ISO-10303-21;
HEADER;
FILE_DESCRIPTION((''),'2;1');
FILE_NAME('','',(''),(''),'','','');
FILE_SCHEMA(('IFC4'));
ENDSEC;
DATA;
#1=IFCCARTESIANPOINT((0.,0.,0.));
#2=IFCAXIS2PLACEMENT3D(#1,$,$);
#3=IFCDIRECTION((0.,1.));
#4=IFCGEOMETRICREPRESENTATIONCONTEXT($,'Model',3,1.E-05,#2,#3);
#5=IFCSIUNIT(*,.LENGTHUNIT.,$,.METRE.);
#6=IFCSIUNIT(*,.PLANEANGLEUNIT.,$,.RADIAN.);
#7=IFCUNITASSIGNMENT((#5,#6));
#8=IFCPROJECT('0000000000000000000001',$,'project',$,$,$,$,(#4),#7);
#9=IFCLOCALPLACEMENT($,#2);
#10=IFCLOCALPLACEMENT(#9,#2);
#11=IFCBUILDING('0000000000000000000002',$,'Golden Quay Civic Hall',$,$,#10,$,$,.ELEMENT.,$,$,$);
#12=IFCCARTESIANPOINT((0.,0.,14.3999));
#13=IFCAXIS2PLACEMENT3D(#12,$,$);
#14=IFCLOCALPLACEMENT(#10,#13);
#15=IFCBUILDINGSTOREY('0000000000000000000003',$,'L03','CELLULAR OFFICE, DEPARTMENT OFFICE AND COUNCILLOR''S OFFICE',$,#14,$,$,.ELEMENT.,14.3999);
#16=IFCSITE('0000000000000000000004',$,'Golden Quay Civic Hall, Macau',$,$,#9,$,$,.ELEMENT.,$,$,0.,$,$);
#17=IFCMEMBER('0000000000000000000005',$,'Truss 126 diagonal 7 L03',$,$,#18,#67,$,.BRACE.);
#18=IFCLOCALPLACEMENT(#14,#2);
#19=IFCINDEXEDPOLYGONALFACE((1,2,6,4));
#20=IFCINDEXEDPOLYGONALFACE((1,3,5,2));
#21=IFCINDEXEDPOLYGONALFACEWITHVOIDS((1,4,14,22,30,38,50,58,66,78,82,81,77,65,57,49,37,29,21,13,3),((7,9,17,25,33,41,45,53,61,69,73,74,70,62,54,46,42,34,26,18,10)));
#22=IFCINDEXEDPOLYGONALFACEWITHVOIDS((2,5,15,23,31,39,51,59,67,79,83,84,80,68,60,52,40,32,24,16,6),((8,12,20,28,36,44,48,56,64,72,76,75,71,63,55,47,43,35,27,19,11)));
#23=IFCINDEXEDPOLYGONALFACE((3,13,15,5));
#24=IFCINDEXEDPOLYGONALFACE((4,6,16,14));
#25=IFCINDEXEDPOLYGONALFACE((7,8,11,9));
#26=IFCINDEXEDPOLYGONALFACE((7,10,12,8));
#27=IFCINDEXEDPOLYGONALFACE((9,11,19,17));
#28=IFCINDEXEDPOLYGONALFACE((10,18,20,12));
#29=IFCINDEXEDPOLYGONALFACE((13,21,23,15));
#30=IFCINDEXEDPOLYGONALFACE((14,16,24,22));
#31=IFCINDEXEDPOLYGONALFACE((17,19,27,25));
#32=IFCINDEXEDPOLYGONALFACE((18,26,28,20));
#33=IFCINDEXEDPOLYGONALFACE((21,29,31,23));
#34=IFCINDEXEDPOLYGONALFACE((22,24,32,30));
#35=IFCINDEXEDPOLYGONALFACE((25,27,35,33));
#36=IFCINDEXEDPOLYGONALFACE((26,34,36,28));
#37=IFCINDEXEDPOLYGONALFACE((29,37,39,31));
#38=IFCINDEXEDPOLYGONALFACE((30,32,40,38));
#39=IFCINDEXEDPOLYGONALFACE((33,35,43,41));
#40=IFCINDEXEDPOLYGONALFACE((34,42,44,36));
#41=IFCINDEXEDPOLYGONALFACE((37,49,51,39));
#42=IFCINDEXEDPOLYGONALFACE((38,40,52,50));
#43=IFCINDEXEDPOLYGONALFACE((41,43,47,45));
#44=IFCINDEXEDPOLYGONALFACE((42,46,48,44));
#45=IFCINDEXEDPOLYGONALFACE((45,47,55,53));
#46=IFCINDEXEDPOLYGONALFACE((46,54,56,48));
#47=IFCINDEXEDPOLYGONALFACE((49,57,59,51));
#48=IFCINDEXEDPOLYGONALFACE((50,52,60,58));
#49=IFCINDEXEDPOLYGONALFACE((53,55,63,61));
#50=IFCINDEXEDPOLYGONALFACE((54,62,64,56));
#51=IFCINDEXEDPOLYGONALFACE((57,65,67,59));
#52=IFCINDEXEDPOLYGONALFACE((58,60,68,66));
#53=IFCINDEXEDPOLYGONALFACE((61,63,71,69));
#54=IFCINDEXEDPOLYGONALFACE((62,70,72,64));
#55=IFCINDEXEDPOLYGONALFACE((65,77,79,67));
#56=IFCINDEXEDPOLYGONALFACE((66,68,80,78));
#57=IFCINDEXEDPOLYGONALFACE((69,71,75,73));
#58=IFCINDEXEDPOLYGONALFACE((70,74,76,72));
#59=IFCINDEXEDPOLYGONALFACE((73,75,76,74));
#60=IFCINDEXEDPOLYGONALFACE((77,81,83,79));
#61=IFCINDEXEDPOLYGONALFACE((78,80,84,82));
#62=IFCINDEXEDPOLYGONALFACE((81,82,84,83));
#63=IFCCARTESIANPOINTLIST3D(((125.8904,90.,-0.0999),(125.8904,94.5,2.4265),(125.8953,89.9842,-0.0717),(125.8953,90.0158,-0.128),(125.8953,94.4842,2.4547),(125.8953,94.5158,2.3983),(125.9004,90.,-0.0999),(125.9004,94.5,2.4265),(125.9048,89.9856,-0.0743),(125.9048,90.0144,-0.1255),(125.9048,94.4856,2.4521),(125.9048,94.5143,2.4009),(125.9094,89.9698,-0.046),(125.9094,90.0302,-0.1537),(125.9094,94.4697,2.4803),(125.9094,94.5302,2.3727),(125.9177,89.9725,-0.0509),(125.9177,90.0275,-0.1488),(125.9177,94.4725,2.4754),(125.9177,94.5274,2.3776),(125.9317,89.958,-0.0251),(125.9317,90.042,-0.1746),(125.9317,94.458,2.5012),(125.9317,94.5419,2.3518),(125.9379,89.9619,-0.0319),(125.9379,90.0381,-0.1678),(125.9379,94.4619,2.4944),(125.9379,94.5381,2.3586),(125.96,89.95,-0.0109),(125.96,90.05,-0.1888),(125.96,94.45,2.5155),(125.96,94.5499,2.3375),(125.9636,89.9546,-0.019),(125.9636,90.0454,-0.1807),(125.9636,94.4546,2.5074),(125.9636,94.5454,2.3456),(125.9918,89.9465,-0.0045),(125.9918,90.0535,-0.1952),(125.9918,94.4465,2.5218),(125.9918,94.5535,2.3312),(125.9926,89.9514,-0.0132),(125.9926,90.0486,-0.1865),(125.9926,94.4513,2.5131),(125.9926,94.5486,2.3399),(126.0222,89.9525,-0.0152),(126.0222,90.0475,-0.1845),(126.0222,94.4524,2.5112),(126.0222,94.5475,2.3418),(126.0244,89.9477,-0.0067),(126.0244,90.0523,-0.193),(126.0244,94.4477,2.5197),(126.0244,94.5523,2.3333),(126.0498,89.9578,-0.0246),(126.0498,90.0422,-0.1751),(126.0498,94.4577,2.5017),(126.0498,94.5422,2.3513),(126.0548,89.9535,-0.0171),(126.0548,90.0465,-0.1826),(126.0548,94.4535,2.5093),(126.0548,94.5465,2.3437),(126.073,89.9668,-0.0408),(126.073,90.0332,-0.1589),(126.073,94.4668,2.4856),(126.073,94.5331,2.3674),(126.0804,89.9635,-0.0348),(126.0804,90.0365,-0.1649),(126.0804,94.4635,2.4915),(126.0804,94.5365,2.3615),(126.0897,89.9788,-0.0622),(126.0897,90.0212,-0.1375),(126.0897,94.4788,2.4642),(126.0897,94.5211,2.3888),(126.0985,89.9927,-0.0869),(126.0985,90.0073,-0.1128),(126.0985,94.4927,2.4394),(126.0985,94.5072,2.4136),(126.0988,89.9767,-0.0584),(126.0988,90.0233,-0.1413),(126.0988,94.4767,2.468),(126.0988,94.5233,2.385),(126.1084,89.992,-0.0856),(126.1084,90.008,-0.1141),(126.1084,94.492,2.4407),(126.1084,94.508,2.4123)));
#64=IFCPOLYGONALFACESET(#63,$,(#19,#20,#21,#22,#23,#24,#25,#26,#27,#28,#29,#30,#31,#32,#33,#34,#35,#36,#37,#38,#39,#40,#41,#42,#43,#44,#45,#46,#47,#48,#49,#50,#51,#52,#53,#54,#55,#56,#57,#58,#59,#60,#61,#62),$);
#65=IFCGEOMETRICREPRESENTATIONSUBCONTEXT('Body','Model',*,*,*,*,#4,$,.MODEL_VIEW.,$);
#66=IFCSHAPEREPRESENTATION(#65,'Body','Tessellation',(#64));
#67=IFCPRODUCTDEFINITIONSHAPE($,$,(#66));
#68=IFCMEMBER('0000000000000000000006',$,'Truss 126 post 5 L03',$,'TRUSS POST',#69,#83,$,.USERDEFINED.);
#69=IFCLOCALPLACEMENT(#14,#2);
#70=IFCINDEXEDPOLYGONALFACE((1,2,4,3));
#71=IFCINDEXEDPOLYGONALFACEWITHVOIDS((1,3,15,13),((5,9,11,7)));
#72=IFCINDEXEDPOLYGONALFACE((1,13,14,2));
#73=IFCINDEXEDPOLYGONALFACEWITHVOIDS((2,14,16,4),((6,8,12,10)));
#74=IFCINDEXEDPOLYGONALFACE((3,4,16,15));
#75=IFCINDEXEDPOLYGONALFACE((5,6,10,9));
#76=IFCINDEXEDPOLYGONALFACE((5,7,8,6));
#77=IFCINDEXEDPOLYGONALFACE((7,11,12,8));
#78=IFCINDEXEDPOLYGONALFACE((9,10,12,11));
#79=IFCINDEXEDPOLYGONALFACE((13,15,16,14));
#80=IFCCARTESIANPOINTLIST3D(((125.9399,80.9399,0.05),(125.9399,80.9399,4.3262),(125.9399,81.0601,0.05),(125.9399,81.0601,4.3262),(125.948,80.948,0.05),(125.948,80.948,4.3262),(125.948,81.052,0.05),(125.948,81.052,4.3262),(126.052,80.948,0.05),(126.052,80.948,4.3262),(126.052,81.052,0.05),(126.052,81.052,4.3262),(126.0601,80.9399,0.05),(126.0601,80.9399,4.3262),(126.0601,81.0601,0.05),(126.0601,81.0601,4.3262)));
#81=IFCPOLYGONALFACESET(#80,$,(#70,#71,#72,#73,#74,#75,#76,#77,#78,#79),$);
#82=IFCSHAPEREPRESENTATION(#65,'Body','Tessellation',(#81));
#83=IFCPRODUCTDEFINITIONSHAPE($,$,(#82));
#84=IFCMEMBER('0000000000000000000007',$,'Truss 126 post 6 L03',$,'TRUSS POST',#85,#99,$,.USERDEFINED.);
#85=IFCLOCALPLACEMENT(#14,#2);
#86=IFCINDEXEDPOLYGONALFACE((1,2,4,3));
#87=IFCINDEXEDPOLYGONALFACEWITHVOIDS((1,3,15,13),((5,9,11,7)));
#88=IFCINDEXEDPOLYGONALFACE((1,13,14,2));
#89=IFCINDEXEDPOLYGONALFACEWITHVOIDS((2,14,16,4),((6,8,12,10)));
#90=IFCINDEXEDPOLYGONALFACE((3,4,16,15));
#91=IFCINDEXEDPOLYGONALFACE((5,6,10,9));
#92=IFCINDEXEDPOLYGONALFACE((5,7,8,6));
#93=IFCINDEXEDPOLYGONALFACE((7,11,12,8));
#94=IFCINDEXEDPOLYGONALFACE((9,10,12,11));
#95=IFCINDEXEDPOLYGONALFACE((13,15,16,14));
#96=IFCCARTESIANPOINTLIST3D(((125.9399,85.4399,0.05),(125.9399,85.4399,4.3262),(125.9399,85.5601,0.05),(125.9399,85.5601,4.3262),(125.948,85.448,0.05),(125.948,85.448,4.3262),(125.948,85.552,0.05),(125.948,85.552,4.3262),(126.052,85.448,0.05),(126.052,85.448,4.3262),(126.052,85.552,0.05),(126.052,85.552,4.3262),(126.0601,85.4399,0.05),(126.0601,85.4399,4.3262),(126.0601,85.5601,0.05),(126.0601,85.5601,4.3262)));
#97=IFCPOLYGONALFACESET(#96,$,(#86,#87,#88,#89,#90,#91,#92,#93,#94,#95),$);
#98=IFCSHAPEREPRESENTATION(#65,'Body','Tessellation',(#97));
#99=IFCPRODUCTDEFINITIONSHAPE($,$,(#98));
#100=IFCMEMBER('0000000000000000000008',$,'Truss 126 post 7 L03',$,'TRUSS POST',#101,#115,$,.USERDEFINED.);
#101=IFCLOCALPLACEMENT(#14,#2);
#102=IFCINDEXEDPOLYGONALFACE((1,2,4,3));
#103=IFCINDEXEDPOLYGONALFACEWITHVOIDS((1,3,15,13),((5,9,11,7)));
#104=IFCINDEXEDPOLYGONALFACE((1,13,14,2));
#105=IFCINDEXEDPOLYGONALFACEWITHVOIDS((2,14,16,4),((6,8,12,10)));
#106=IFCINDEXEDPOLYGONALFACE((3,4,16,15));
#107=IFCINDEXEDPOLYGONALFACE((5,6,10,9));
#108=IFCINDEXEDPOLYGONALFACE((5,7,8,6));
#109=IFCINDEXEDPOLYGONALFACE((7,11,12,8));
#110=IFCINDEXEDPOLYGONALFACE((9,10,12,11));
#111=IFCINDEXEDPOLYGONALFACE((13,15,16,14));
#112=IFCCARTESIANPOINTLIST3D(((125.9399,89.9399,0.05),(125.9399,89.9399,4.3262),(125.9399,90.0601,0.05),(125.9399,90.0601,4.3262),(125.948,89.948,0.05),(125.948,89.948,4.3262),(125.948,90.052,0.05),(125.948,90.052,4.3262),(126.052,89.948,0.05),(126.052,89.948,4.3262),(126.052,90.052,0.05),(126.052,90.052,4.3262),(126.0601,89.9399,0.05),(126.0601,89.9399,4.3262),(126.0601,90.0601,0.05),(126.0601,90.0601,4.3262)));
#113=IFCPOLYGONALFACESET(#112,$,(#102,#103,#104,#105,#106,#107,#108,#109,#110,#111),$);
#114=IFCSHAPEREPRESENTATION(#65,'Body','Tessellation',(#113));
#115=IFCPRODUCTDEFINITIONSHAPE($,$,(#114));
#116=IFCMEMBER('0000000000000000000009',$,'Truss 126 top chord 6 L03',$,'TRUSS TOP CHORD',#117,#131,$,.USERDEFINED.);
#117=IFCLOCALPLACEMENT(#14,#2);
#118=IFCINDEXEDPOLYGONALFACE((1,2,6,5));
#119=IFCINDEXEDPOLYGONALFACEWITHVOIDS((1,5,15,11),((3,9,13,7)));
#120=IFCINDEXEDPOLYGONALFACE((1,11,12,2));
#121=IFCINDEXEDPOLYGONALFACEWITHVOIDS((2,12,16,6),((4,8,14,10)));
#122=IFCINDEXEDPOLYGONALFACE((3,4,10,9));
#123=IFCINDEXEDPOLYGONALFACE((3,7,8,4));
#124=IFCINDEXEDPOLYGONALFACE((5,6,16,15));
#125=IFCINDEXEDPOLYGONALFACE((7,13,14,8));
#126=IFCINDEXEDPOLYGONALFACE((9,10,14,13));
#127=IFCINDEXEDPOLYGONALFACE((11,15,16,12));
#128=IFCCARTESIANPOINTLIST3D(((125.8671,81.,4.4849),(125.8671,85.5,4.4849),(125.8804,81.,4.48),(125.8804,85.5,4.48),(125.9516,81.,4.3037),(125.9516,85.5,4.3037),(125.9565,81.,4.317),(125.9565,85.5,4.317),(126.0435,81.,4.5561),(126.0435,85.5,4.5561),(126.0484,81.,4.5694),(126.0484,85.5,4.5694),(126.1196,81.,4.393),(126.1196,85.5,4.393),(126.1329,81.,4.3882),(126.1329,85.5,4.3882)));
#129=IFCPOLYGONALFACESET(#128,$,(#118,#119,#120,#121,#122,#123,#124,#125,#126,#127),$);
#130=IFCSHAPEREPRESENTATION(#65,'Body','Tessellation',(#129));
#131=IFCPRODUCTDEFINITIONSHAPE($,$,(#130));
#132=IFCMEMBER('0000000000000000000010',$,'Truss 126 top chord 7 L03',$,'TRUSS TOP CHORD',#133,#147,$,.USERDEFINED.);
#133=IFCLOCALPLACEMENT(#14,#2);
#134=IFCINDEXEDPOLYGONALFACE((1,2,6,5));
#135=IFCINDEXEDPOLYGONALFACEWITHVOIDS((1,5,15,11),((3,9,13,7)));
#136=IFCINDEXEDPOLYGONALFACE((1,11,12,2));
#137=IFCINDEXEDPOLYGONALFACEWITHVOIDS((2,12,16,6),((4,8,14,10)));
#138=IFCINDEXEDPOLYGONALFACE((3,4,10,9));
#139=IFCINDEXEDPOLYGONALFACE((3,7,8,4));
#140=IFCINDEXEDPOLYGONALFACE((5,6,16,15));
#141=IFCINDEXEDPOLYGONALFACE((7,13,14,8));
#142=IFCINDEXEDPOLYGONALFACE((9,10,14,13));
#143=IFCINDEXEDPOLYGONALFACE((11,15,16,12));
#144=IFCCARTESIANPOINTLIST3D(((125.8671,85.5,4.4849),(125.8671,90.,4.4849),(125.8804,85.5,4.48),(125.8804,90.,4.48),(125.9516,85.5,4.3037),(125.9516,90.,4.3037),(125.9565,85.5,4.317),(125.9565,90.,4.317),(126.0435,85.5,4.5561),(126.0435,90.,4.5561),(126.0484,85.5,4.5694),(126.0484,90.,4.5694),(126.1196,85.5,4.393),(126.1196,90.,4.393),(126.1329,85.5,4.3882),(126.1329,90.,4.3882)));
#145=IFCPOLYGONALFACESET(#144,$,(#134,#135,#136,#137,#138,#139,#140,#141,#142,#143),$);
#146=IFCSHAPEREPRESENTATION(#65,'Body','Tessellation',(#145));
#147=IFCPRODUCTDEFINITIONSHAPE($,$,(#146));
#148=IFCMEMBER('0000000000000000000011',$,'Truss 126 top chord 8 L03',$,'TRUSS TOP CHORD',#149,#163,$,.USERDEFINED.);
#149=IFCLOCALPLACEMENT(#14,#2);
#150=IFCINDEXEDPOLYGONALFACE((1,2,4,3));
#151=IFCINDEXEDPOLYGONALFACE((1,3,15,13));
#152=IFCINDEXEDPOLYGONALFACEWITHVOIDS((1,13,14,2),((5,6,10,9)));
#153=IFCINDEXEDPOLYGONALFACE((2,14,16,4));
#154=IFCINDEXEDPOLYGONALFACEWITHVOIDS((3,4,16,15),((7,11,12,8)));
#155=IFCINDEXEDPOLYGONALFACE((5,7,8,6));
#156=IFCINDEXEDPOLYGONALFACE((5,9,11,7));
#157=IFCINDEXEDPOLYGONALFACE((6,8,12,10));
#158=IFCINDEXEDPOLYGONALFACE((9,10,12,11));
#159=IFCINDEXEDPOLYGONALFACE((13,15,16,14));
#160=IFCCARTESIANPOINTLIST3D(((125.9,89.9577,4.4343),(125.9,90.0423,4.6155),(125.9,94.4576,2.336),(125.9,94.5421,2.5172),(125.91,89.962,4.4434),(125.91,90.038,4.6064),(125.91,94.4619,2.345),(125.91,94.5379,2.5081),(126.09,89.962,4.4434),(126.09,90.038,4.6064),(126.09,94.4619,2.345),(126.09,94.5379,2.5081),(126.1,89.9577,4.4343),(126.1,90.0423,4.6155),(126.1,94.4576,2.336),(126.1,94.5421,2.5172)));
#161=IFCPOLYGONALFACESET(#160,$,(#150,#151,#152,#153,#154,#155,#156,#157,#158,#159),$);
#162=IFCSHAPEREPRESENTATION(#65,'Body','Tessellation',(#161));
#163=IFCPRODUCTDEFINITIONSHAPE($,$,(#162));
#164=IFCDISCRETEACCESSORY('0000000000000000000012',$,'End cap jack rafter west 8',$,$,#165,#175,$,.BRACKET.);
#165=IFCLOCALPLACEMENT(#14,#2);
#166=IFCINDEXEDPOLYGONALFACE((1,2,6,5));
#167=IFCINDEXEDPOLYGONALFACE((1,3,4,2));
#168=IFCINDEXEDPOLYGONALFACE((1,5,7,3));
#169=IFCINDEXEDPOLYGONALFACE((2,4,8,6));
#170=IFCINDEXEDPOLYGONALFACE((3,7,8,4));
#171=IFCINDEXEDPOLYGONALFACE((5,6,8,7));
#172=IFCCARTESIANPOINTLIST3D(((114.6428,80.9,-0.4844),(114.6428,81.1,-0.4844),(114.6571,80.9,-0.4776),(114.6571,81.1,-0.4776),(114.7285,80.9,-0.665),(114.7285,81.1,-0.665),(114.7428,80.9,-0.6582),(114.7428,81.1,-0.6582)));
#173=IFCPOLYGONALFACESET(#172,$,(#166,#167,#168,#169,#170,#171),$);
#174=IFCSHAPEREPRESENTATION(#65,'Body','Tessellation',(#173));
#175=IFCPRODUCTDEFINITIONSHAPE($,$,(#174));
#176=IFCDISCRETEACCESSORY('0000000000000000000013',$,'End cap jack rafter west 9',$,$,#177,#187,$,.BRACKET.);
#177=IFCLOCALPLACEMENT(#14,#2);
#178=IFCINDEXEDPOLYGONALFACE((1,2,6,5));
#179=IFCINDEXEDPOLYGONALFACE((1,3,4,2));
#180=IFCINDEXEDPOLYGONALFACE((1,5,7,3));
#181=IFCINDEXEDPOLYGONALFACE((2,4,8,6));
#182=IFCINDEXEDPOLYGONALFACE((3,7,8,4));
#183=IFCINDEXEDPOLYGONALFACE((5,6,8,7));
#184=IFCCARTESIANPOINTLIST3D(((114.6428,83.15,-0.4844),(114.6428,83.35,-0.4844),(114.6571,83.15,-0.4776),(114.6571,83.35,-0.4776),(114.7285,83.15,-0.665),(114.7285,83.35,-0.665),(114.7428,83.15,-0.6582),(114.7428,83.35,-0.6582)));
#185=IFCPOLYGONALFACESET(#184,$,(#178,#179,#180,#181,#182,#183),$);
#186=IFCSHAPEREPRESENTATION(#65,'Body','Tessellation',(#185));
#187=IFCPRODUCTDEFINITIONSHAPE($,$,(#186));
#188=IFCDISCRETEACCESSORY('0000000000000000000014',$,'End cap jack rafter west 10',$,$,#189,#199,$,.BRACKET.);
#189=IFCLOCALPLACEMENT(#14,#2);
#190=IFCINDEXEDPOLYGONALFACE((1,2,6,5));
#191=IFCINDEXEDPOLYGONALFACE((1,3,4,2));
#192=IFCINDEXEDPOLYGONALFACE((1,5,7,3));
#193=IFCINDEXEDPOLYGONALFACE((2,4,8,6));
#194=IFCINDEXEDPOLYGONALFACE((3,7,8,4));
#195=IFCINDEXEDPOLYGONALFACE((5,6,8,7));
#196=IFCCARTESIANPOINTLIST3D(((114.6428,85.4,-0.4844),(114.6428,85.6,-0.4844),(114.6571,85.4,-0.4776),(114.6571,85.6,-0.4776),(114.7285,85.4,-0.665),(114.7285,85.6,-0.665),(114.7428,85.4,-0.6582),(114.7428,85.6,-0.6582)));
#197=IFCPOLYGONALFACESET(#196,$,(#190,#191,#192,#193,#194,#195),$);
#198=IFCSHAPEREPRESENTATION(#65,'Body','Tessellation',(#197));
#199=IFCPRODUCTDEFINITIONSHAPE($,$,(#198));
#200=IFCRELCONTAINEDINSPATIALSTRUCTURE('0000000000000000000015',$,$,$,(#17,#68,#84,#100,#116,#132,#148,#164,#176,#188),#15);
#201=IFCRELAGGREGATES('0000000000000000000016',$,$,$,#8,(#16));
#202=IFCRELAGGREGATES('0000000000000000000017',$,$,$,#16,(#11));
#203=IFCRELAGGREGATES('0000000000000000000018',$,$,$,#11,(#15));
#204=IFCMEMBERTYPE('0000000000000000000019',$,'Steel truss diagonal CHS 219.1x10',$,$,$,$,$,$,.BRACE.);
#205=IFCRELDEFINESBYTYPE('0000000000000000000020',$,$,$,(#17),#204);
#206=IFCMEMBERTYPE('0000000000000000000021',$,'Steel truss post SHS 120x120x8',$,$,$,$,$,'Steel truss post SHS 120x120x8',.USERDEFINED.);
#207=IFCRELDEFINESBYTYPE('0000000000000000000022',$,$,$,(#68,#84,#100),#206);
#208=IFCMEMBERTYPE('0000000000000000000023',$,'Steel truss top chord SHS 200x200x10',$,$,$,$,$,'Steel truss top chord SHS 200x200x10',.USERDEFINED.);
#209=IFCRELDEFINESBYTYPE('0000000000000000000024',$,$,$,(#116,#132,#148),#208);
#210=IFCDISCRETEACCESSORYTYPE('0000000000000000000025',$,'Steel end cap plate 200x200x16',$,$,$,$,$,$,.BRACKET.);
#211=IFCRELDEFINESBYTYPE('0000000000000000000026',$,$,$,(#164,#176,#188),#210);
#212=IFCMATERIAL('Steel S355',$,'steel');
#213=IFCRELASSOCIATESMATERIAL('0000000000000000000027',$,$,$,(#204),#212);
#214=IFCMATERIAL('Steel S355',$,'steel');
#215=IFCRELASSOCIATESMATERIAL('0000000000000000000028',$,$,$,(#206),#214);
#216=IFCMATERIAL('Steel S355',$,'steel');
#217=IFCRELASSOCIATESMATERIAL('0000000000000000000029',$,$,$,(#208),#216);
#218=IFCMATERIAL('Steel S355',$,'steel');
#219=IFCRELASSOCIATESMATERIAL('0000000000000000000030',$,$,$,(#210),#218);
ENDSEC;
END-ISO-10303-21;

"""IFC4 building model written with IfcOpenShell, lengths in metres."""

from ifc_helpers import new_model, si_unit, direction, frame, origin, origin_2d, place, context, subcontext, project, spatial, rectangle, hollow_rectangle, hollow_circle, extrude, material, material_profile, profile_set, type_object, element, save


model = new_model("IFC4")

# Units and contexts
model_context = context("Model", 3, precision=1e-05, world=origin(), true_north=direction((0.0, 1.0)))
body_context = subcontext(model_context, "Body", "Model", "MODEL_VIEW")
ifc_project = project(units=[si_unit("LENGTHUNIT", "METRE"), si_unit("PLANEANGLEUNIT", "RADIAN")], contexts=[model_context])

# Site, building, storey
site_placement = place(None, origin())
site = spatial("IfcSite", under=ifc_project, at=site_placement, Name="Golden Quay Civic Hall, Macau", CompositionType="ELEMENT", RefElevation=0.0)
building_placement = place(site_placement, origin())
building = spatial("IfcBuilding", under=site, at=building_placement, Name="Golden Quay Civic Hall", CompositionType="ELEMENT")
storey_placement = place(building_placement, frame((0.0, 0.0, 14.3999)))
storey = spatial("IfcBuildingStorey", under=building, at=storey_placement, Name="L03", Description="CELLULAR OFFICE, DEPARTMENT OFFICE AND COUNCILLOR'S OFFICE", CompositionType="ELEMENT", Elevation=14.3999)

# Members
ifc_material_1 = material(Name="Steel S355", Category="steel")
ifc_material_profile_1 = material_profile(ifc_material_1, hollow_circle(Radius=0.1096, WallThickness=0.01, at=origin_2d()), Name="CHS 219.1x10")
ifc_profile_set_1 = profile_set([ifc_material_profile_1], Name="Steel S355")
member_type_1 = type_object("IfcMemberType", Name="Steel truss diagonal CHS 219.1x10", PredefinedType="BRACE", material=ifc_profile_set_1)
member_1_placement = place(storey_placement, frame((126.0, 90.0, -0.0999), z_axis=(0.0, 0.87198, 0.489542), x_axis=(-1.0, 0.0, 0.0)))
element("IfcMember", 1, at=member_1_placement, inside=storey, type_object=member_type_1, Name="Truss 126 diagonal 7 L03", PredefinedType="BRACE", context=body_context, shape_type="SweptSolid", body=[
    extrude(hollow_circle(Radius=0.1096, WallThickness=0.01, at=origin_2d()), origin(), (0.0, 0.0, 1.0), 5.1606),
])
ifc_material_2 = material(Name="Steel S355", Category="steel")
ifc_material_profile_2 = material_profile(ifc_material_2, hollow_rectangle(XDim=0.1201, YDim=0.1201, WallThickness=0.0081, at=origin_2d()), Name="SHS 120x120x8")
ifc_profile_set_2 = profile_set([ifc_material_profile_2], Name="Steel S355")
member_type_2 = type_object("IfcMemberType", Name="Steel truss post SHS 120x120x8", ElementType="Steel truss post SHS 120x120x8", PredefinedType="USERDEFINED", material=ifc_profile_set_2)
for number, where, z_axis, x_axis, name in (
    (2, (126.0, 81.0, 0.05), (0.0, 0.0, 1.0), (1.0, 0.0, 0.0), "Truss 126 post 5 L03"),
    (3, (126.0, 85.5, 0.05), (0.0, 0.0, 1.0), (1.0, 0.0, 0.0), "Truss 126 post 6 L03"),
    (4, (126.0, 90.0, 0.05), (0.0, 0.0, 1.0), (1.0, 0.0, 0.0), "Truss 126 post 7 L03"),
):
    element("IfcMember", number, at=place(storey_placement, frame(where, z_axis=z_axis, x_axis=x_axis)), inside=storey, type_object=member_type_2, Name=name, ObjectType="TRUSS POST", PredefinedType="USERDEFINED", context=body_context, shape_type="SweptSolid", body=[
        extrude(hollow_rectangle(XDim=0.1201, YDim=0.1201, WallThickness=0.0081, at=origin_2d()), origin(), (0.0, 0.0, 1.0), 4.2761),
    ])
ifc_material_3 = material(Name="Steel S355", Category="steel")
ifc_material_profile_3 = material_profile(ifc_material_3, hollow_rectangle(XDim=0.2, YDim=0.2, WallThickness=0.01, at=origin_2d()), Name="SHS 200x200x10")
ifc_profile_set_3 = profile_set([ifc_material_profile_3], Name="Steel S355")
member_type_3 = type_object("IfcMemberType", Name="Steel truss top chord SHS 200x200x10", ElementType="Steel truss top chord SHS 200x200x10", PredefinedType="USERDEFINED", material=ifc_profile_set_3)
for number, where, z_axis, x_axis, name in (
    (5, (126.0, 81.0, 4.4365), (0.0, 1.0, 0.0), (-0.906308, 0.0, -0.422618), "Truss 126 top chord 6 L03"),
    (6, (126.0, 85.5, 4.4365), (0.0, 1.0, 0.0), (-0.906308, 0.0, -0.422618), "Truss 126 top chord 7 L03"),
):
    element("IfcMember", number, at=place(storey_placement, frame(where, z_axis=z_axis, x_axis=x_axis)), inside=storey, type_object=member_type_3, Name=name, ObjectType="TRUSS TOP CHORD", PredefinedType="USERDEFINED", context=body_context, shape_type="SweptSolid", body=[
        extrude(hollow_rectangle(XDim=0.2, YDim=0.2, WallThickness=0.01, at=origin_2d()), origin(), (0.0, 0.0, 1.0), 4.5),
    ])
member_2_placement = place(storey_placement, frame((126.0, 90.0, 4.5249), z_axis=(0.0, 0.906307, -0.422619), x_axis=(-1.0, 0.0, 0.0)))
element("IfcMember", 7, at=member_2_placement, inside=storey, type_object=member_type_3, Name="Truss 126 top chord 8 L03", ObjectType="TRUSS TOP CHORD", PredefinedType="USERDEFINED", context=body_context, shape_type="SweptSolid", body=[
    extrude(hollow_rectangle(XDim=0.2, YDim=0.2, WallThickness=0.01, at=origin_2d()), origin(), (0.0, 0.0, 1.0), 4.9651),
])

# Discrete accessories
ifc_material_4 = material(Name="Steel S355", Category="steel")
ifc_material_profile_4 = material_profile(ifc_material_4, rectangle(XDim=0.2, YDim=0.2, at=origin_2d()), Name="Steel end cap plate 200x200x16")
ifc_profile_set_4 = profile_set([ifc_material_profile_4], Name="Steel S355")
discrete_accessory_type = type_object("IfcDiscreteAccessoryType", Name="Steel end cap plate 200x200x16", PredefinedType="BRACKET", material=ifc_profile_set_4)
for number, where, z_axis, x_axis, name in (
    (8, (114.7, 81.0, -0.5679), (-0.903426, 0.0, -0.428744), (0.0, -1.0, 0.0), "End cap jack rafter west 8"),
    (9, (114.7, 83.25, -0.5679), (-0.903426, 0.0, -0.428744), (0.0, -1.0, 0.0), "End cap jack rafter west 9"),
    (10, (114.7, 85.5, -0.5679), (-0.903426, 0.0, -0.428744), (0.0, -1.0, 0.0), "End cap jack rafter west 10"),
):
    element("IfcDiscreteAccessory", number, at=place(storey_placement, frame(where, z_axis=z_axis, x_axis=x_axis)), inside=storey, type_object=discrete_accessory_type, Name=name, PredefinedType="BRACKET", context=body_context, shape_type="SweptSolid", body=[
        extrude(rectangle(XDim=0.2, YDim=0.2, at=origin_2d()), origin(), (0.0, 0.0, 1.0), 0.0159),
    ])

save(model, "model.ifc")
